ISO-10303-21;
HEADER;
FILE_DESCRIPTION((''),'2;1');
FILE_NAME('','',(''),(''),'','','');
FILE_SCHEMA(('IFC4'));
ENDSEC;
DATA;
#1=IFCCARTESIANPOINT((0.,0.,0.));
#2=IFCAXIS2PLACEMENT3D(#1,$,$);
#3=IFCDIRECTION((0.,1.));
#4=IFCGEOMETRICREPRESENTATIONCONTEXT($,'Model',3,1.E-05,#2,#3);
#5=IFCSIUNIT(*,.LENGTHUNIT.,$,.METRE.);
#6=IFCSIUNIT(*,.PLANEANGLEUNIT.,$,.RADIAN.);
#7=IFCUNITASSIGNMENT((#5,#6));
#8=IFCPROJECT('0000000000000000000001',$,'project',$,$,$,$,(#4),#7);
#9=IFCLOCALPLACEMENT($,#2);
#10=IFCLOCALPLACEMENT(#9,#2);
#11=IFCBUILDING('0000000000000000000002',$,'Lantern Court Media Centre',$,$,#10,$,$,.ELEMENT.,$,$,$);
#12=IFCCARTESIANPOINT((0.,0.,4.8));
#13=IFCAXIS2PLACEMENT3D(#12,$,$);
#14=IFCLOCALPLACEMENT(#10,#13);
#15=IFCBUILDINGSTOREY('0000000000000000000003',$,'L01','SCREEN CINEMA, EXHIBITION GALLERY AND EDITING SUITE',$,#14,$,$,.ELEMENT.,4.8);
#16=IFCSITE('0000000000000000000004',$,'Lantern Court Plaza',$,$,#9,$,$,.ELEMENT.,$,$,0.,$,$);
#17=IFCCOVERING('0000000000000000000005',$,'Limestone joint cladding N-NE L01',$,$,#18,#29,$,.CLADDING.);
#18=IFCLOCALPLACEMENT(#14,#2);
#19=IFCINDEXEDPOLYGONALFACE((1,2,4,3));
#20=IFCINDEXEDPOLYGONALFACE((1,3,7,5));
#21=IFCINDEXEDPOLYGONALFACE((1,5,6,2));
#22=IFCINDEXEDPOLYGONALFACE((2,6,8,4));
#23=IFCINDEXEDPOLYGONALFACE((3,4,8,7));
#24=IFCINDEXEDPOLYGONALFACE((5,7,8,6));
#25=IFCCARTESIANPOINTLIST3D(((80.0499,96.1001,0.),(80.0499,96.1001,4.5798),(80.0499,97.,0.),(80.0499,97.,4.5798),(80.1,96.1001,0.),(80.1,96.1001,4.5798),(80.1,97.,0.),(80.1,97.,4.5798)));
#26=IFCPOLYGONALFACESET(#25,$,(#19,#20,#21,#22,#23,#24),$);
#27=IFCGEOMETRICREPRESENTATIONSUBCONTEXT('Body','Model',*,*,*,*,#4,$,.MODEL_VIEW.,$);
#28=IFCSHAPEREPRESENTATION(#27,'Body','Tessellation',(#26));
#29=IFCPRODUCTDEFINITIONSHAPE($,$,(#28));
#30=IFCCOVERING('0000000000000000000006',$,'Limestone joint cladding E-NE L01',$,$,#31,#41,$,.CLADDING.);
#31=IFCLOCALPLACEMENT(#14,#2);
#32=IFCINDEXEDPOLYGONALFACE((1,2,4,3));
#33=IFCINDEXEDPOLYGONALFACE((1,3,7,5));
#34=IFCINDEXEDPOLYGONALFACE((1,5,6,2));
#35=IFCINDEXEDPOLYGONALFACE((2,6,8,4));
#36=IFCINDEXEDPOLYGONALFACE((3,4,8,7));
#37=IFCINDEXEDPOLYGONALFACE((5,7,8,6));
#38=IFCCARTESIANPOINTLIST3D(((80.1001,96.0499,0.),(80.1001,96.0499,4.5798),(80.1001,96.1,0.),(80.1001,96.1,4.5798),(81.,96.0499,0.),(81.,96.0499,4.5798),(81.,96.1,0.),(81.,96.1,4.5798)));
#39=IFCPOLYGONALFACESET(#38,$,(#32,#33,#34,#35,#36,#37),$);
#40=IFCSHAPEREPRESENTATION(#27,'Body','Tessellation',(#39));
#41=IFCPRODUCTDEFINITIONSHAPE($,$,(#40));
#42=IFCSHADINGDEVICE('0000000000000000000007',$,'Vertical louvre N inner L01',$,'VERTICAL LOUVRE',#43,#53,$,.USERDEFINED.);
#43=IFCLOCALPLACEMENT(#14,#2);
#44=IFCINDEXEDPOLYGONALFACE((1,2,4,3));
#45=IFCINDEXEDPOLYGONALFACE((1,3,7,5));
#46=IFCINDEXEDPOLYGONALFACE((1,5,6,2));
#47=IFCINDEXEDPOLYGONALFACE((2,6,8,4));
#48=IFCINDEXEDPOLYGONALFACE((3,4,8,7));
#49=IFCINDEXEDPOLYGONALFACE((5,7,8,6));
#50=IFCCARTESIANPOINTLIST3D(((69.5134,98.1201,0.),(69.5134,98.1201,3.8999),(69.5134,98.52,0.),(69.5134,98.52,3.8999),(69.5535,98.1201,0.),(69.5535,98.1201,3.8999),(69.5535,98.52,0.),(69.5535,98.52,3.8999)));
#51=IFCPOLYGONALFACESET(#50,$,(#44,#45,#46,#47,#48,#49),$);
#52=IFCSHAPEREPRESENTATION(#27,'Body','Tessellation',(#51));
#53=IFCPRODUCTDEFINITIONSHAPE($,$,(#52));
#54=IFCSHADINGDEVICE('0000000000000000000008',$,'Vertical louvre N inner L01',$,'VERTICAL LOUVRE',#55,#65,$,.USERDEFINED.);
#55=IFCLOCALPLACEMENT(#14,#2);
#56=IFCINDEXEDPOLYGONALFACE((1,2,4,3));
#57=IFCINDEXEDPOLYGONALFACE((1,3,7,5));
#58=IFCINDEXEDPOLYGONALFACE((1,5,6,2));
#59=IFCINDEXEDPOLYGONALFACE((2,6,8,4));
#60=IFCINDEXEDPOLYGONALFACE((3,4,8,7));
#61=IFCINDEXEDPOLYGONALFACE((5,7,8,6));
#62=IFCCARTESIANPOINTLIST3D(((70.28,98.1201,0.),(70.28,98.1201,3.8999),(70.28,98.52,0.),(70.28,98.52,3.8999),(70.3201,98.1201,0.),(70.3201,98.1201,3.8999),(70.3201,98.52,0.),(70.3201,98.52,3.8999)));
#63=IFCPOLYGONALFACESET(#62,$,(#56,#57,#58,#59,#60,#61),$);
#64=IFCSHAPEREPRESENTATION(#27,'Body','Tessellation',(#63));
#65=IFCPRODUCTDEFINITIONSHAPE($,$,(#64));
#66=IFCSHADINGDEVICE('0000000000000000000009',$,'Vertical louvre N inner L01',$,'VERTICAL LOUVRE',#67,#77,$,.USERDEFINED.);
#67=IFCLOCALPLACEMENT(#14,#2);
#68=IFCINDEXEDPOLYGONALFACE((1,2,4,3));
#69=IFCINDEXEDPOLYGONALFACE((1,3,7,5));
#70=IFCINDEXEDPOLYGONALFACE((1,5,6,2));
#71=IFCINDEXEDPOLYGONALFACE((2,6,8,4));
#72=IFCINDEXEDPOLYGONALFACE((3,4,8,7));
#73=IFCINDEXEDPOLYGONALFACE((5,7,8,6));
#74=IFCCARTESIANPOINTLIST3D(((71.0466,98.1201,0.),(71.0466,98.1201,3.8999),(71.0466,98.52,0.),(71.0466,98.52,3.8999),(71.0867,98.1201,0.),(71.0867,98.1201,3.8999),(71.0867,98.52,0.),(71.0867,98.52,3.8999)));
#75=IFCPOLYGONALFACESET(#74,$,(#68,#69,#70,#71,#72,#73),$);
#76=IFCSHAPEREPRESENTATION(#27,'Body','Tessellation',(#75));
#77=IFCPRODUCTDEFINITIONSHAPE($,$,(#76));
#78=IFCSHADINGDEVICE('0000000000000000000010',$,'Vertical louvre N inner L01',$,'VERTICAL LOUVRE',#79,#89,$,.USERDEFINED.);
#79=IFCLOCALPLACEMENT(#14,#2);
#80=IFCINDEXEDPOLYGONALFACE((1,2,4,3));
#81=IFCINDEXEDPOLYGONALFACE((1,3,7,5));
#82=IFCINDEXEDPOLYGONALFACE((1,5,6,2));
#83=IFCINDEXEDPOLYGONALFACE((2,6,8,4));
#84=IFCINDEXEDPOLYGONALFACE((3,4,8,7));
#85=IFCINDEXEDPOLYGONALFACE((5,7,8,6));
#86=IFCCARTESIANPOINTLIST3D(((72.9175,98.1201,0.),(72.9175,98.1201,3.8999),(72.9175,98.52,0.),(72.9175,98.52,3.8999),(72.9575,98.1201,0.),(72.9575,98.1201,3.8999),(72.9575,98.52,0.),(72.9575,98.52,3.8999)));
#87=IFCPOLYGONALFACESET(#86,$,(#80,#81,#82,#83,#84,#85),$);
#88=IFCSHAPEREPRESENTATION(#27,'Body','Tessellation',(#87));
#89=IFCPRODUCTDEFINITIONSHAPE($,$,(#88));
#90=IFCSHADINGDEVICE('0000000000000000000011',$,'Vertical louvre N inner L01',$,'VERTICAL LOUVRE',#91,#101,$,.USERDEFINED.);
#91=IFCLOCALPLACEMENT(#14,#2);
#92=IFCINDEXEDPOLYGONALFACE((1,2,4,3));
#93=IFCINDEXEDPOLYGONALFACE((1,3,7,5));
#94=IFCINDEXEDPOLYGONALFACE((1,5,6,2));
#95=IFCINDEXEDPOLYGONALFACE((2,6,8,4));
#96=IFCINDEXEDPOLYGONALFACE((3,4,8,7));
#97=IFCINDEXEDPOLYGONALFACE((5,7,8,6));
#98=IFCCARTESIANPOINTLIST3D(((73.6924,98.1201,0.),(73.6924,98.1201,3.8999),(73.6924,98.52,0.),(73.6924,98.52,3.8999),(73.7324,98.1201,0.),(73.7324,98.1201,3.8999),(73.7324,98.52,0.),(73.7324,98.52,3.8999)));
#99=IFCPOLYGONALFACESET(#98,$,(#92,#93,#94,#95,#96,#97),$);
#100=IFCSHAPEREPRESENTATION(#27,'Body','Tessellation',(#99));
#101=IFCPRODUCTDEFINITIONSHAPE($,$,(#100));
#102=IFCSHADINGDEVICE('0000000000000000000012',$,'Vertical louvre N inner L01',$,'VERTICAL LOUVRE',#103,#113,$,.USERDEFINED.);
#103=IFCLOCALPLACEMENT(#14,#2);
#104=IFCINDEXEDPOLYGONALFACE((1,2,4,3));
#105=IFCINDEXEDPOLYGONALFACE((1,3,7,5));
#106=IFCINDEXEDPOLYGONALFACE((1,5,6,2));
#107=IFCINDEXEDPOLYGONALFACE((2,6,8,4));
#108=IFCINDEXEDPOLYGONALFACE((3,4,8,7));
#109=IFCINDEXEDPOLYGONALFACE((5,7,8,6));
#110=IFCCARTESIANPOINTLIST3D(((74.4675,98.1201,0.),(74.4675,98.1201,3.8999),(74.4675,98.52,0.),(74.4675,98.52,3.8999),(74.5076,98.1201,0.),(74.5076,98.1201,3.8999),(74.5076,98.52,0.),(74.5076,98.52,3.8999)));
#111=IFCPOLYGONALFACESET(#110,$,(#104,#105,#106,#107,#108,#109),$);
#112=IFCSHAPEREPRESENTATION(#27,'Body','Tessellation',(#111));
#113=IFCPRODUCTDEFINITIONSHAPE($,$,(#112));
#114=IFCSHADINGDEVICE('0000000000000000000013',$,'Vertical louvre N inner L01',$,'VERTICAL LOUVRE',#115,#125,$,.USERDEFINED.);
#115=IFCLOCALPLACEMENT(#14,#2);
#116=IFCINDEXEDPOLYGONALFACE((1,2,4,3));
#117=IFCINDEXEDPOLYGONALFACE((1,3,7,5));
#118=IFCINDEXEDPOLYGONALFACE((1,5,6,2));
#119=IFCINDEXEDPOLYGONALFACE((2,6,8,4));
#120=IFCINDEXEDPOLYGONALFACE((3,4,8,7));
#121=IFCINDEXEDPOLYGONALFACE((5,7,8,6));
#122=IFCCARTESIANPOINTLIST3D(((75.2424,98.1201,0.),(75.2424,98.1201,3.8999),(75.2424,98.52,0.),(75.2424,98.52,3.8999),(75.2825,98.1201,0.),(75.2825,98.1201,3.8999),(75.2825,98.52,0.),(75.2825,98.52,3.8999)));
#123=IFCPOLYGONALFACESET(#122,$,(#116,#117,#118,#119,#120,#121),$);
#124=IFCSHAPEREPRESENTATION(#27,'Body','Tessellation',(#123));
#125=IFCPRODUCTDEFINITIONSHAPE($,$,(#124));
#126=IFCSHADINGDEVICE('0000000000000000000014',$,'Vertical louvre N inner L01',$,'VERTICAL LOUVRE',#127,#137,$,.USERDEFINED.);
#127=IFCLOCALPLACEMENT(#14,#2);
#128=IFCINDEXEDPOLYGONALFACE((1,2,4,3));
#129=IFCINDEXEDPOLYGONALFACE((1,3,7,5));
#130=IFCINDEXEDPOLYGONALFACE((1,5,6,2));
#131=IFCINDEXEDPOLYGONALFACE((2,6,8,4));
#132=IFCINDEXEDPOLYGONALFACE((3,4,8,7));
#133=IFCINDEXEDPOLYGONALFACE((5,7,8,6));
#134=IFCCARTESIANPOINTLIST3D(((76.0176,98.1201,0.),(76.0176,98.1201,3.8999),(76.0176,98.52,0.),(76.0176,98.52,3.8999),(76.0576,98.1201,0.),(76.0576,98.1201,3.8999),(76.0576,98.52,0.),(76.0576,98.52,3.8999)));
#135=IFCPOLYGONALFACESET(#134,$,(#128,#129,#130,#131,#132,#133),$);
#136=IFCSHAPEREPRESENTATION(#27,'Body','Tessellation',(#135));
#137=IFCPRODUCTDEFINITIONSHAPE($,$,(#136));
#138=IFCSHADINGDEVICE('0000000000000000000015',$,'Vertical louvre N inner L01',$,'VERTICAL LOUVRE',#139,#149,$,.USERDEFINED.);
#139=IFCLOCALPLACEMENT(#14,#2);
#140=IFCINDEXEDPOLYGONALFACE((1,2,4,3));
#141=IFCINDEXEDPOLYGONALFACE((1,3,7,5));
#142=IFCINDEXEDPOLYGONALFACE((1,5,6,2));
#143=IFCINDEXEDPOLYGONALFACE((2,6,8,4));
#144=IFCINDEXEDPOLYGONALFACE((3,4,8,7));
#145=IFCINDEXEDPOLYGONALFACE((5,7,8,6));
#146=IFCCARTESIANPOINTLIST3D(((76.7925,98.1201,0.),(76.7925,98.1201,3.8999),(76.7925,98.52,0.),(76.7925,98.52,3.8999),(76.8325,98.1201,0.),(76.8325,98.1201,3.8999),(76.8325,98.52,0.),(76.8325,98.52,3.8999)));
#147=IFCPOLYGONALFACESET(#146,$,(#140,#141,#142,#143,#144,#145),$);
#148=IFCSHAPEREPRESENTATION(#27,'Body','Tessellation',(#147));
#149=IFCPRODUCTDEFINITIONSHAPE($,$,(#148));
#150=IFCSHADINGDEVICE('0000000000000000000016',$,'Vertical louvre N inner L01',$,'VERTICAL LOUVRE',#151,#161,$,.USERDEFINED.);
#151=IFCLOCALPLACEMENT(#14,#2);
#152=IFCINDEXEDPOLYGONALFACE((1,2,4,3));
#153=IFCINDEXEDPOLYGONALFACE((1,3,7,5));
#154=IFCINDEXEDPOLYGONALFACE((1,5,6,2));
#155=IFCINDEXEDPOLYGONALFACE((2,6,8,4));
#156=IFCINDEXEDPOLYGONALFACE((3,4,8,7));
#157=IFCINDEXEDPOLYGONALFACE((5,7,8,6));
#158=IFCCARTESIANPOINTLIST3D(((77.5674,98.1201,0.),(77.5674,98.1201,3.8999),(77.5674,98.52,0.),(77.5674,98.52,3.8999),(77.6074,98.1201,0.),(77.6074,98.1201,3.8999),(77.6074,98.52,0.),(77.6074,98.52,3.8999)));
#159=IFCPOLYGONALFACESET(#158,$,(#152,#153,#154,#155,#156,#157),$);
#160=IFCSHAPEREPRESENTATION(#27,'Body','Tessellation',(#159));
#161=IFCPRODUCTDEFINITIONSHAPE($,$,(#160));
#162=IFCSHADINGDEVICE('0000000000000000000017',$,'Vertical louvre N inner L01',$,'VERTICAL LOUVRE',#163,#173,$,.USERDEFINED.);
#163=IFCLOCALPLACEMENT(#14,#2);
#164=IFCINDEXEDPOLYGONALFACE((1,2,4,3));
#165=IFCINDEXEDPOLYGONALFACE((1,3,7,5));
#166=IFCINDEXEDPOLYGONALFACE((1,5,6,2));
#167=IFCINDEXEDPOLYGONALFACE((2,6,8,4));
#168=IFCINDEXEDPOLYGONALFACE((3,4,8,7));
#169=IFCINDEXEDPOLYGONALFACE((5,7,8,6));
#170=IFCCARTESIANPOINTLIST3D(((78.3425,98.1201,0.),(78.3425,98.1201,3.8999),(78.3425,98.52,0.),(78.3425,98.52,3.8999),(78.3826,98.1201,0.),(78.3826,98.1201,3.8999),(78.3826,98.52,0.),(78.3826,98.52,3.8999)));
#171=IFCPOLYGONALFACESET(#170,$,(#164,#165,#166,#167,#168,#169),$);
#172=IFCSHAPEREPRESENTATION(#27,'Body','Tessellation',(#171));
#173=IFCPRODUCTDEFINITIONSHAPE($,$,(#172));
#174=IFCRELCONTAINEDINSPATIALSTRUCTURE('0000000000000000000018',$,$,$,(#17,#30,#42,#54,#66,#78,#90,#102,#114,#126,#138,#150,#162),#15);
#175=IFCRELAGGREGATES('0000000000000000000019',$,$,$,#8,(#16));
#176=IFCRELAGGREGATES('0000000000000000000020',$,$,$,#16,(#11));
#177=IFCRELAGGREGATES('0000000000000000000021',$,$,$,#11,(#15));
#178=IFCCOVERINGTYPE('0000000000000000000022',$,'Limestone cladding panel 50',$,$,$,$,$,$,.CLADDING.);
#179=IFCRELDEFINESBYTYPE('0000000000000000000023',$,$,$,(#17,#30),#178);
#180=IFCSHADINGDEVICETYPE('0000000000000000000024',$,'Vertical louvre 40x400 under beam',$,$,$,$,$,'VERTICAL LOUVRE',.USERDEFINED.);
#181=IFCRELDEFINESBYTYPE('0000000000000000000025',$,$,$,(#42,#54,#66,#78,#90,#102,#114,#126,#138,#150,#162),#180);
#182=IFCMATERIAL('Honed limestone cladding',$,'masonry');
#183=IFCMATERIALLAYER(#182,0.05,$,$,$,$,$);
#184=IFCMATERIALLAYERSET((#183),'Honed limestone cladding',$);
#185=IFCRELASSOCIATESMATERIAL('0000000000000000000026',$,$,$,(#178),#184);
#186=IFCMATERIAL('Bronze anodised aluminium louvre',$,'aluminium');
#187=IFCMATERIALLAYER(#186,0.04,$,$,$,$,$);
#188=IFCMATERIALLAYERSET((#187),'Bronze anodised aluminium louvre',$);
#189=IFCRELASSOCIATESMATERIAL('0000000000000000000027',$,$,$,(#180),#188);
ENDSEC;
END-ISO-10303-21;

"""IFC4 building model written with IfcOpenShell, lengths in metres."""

from ifc_helpers import new_model, si_unit, direction, frame, frame_2d, origin, origin_2d, place, context, subcontext, project, spatial, rectangle, extrude, material, layer, layer_set, type_object, element, save


model = new_model("IFC4")

# Units and contexts
model_context = context("Model", 3, precision=1e-05, world=origin(), true_north=direction((0.0, 1.0)))
body_context = subcontext(model_context, "Body", "Model", "MODEL_VIEW")
ifc_project = project(units=[si_unit("LENGTHUNIT", "METRE"), si_unit("PLANEANGLEUNIT", "RADIAN")], contexts=[model_context])

# Site, building, storey
site_placement = place(None, origin())
site = spatial("IfcSite", under=ifc_project, at=site_placement, Name="Lantern Court Plaza", CompositionType="ELEMENT", RefElevation=0.0)
building_placement = place(site_placement, origin())
building = spatial("IfcBuilding", under=site, at=building_placement, Name="Lantern Court Media Centre", CompositionType="ELEMENT")
storey_placement = place(building_placement, frame((0.0, 0.0, 4.8)))
storey = spatial("IfcBuildingStorey", under=building, at=storey_placement, Name="L01", Description="SCREEN CINEMA, EXHIBITION GALLERY AND EDITING SUITE", CompositionType="ELEMENT", Elevation=4.8)

# Coverings
ifc_material_1 = material(Name="Honed limestone cladding", Category="masonry")
ifc_layer_1 = layer(ifc_material_1, 0.05)
ifc_layer_set_1 = layer_set([ifc_layer_1], Name="Honed limestone cladding")
covering_type = type_object("IfcCoveringType", Name="Limestone cladding panel 50", PredefinedType="CLADDING", material=ifc_layer_set_1)
for number, where, z_axis, x_axis, name in (
    (1, (80.075, 96.1001, 0.0), (0.0, 0.0, 1.0), (0.0, 1.0, 0.0), "Limestone joint cladding N-NE L01"),
    (2, (80.1001, 96.075, 0.0), (0.0, 0.0, 1.0), (1.0, 0.0, 0.0), "Limestone joint cladding E-NE L01"),
):
    element("IfcCovering", number, at=place(storey_placement, frame(where, z_axis=z_axis, x_axis=x_axis)), inside=storey, type_object=covering_type, Name=name, PredefinedType="CLADDING", context=body_context, shape_type="SweptSolid", body=[
        extrude(rectangle(XDim=0.8999, YDim=0.05, at=frame_2d((0.45, 0.0))), origin(), (0.0, 0.0, 1.0), 4.5798),
    ])

# Shading devices
ifc_material_2 = material(Name="Bronze anodised aluminium louvre", Category="aluminium")
ifc_layer_2 = layer(ifc_material_2, 0.04)
ifc_layer_set_2 = layer_set([ifc_layer_2], Name="Bronze anodised aluminium louvre")
shading_device_type = type_object("IfcShadingDeviceType", Name="Vertical louvre 40x400 under beam", ElementType="VERTICAL LOUVRE", PredefinedType="USERDEFINED", material=ifc_layer_set_2)
for number, where, z_axis, x_axis, name in (
    (3, (69.5334, 98.3201, 0.0), (0.0, 0.0, 1.0), (1.0, 0.0, 0.0), "Vertical louvre N inner L01"),
    (4, (70.3, 98.3201, 0.0), (0.0, 0.0, 1.0), (1.0, 0.0, 0.0), "Vertical louvre N inner L01"),
    (5, (71.0667, 98.3201, 0.0), (0.0, 0.0, 1.0), (1.0, 0.0, 0.0), "Vertical louvre N inner L01"),
    (6, (72.9375, 98.3201, 0.0), (0.0, 0.0, 1.0), (1.0, 0.0, 0.0), "Vertical louvre N inner L01"),
    (7, (73.7124, 98.3201, 0.0), (0.0, 0.0, 1.0), (1.0, 0.0, 0.0), "Vertical louvre N inner L01"),
    (8, (74.4875, 98.3201, 0.0), (0.0, 0.0, 1.0), (1.0, 0.0, 0.0), "Vertical louvre N inner L01"),
    (9, (75.2625, 98.3201, 0.0), (0.0, 0.0, 1.0), (1.0, 0.0, 0.0), "Vertical louvre N inner L01"),
    (10, (76.0376, 98.3201, 0.0), (0.0, 0.0, 1.0), (1.0, 0.0, 0.0), "Vertical louvre N inner L01"),
    (11, (76.8125, 98.3201, 0.0), (0.0, 0.0, 1.0), (1.0, 0.0, 0.0), "Vertical louvre N inner L01"),
    (12, (77.5874, 98.3201, 0.0), (0.0, 0.0, 1.0), (1.0, 0.0, 0.0), "Vertical louvre N inner L01"),
    (13, (78.3625, 98.3201, 0.0), (0.0, 0.0, 1.0), (1.0, 0.0, 0.0), "Vertical louvre N inner L01"),
):
    element("IfcShadingDevice", number, at=place(storey_placement, frame(where, z_axis=z_axis, x_axis=x_axis)), inside=storey, type_object=shading_device_type, Name=name, ObjectType="VERTICAL LOUVRE", PredefinedType="USERDEFINED", context=body_context, shape_type="SweptSolid", body=[
        extrude(rectangle(XDim=0.04, YDim=0.3999, at=origin_2d()), origin(), (0.0, 0.0, 1.0), 3.8999),
    ])

save(model, "model.ifc")
